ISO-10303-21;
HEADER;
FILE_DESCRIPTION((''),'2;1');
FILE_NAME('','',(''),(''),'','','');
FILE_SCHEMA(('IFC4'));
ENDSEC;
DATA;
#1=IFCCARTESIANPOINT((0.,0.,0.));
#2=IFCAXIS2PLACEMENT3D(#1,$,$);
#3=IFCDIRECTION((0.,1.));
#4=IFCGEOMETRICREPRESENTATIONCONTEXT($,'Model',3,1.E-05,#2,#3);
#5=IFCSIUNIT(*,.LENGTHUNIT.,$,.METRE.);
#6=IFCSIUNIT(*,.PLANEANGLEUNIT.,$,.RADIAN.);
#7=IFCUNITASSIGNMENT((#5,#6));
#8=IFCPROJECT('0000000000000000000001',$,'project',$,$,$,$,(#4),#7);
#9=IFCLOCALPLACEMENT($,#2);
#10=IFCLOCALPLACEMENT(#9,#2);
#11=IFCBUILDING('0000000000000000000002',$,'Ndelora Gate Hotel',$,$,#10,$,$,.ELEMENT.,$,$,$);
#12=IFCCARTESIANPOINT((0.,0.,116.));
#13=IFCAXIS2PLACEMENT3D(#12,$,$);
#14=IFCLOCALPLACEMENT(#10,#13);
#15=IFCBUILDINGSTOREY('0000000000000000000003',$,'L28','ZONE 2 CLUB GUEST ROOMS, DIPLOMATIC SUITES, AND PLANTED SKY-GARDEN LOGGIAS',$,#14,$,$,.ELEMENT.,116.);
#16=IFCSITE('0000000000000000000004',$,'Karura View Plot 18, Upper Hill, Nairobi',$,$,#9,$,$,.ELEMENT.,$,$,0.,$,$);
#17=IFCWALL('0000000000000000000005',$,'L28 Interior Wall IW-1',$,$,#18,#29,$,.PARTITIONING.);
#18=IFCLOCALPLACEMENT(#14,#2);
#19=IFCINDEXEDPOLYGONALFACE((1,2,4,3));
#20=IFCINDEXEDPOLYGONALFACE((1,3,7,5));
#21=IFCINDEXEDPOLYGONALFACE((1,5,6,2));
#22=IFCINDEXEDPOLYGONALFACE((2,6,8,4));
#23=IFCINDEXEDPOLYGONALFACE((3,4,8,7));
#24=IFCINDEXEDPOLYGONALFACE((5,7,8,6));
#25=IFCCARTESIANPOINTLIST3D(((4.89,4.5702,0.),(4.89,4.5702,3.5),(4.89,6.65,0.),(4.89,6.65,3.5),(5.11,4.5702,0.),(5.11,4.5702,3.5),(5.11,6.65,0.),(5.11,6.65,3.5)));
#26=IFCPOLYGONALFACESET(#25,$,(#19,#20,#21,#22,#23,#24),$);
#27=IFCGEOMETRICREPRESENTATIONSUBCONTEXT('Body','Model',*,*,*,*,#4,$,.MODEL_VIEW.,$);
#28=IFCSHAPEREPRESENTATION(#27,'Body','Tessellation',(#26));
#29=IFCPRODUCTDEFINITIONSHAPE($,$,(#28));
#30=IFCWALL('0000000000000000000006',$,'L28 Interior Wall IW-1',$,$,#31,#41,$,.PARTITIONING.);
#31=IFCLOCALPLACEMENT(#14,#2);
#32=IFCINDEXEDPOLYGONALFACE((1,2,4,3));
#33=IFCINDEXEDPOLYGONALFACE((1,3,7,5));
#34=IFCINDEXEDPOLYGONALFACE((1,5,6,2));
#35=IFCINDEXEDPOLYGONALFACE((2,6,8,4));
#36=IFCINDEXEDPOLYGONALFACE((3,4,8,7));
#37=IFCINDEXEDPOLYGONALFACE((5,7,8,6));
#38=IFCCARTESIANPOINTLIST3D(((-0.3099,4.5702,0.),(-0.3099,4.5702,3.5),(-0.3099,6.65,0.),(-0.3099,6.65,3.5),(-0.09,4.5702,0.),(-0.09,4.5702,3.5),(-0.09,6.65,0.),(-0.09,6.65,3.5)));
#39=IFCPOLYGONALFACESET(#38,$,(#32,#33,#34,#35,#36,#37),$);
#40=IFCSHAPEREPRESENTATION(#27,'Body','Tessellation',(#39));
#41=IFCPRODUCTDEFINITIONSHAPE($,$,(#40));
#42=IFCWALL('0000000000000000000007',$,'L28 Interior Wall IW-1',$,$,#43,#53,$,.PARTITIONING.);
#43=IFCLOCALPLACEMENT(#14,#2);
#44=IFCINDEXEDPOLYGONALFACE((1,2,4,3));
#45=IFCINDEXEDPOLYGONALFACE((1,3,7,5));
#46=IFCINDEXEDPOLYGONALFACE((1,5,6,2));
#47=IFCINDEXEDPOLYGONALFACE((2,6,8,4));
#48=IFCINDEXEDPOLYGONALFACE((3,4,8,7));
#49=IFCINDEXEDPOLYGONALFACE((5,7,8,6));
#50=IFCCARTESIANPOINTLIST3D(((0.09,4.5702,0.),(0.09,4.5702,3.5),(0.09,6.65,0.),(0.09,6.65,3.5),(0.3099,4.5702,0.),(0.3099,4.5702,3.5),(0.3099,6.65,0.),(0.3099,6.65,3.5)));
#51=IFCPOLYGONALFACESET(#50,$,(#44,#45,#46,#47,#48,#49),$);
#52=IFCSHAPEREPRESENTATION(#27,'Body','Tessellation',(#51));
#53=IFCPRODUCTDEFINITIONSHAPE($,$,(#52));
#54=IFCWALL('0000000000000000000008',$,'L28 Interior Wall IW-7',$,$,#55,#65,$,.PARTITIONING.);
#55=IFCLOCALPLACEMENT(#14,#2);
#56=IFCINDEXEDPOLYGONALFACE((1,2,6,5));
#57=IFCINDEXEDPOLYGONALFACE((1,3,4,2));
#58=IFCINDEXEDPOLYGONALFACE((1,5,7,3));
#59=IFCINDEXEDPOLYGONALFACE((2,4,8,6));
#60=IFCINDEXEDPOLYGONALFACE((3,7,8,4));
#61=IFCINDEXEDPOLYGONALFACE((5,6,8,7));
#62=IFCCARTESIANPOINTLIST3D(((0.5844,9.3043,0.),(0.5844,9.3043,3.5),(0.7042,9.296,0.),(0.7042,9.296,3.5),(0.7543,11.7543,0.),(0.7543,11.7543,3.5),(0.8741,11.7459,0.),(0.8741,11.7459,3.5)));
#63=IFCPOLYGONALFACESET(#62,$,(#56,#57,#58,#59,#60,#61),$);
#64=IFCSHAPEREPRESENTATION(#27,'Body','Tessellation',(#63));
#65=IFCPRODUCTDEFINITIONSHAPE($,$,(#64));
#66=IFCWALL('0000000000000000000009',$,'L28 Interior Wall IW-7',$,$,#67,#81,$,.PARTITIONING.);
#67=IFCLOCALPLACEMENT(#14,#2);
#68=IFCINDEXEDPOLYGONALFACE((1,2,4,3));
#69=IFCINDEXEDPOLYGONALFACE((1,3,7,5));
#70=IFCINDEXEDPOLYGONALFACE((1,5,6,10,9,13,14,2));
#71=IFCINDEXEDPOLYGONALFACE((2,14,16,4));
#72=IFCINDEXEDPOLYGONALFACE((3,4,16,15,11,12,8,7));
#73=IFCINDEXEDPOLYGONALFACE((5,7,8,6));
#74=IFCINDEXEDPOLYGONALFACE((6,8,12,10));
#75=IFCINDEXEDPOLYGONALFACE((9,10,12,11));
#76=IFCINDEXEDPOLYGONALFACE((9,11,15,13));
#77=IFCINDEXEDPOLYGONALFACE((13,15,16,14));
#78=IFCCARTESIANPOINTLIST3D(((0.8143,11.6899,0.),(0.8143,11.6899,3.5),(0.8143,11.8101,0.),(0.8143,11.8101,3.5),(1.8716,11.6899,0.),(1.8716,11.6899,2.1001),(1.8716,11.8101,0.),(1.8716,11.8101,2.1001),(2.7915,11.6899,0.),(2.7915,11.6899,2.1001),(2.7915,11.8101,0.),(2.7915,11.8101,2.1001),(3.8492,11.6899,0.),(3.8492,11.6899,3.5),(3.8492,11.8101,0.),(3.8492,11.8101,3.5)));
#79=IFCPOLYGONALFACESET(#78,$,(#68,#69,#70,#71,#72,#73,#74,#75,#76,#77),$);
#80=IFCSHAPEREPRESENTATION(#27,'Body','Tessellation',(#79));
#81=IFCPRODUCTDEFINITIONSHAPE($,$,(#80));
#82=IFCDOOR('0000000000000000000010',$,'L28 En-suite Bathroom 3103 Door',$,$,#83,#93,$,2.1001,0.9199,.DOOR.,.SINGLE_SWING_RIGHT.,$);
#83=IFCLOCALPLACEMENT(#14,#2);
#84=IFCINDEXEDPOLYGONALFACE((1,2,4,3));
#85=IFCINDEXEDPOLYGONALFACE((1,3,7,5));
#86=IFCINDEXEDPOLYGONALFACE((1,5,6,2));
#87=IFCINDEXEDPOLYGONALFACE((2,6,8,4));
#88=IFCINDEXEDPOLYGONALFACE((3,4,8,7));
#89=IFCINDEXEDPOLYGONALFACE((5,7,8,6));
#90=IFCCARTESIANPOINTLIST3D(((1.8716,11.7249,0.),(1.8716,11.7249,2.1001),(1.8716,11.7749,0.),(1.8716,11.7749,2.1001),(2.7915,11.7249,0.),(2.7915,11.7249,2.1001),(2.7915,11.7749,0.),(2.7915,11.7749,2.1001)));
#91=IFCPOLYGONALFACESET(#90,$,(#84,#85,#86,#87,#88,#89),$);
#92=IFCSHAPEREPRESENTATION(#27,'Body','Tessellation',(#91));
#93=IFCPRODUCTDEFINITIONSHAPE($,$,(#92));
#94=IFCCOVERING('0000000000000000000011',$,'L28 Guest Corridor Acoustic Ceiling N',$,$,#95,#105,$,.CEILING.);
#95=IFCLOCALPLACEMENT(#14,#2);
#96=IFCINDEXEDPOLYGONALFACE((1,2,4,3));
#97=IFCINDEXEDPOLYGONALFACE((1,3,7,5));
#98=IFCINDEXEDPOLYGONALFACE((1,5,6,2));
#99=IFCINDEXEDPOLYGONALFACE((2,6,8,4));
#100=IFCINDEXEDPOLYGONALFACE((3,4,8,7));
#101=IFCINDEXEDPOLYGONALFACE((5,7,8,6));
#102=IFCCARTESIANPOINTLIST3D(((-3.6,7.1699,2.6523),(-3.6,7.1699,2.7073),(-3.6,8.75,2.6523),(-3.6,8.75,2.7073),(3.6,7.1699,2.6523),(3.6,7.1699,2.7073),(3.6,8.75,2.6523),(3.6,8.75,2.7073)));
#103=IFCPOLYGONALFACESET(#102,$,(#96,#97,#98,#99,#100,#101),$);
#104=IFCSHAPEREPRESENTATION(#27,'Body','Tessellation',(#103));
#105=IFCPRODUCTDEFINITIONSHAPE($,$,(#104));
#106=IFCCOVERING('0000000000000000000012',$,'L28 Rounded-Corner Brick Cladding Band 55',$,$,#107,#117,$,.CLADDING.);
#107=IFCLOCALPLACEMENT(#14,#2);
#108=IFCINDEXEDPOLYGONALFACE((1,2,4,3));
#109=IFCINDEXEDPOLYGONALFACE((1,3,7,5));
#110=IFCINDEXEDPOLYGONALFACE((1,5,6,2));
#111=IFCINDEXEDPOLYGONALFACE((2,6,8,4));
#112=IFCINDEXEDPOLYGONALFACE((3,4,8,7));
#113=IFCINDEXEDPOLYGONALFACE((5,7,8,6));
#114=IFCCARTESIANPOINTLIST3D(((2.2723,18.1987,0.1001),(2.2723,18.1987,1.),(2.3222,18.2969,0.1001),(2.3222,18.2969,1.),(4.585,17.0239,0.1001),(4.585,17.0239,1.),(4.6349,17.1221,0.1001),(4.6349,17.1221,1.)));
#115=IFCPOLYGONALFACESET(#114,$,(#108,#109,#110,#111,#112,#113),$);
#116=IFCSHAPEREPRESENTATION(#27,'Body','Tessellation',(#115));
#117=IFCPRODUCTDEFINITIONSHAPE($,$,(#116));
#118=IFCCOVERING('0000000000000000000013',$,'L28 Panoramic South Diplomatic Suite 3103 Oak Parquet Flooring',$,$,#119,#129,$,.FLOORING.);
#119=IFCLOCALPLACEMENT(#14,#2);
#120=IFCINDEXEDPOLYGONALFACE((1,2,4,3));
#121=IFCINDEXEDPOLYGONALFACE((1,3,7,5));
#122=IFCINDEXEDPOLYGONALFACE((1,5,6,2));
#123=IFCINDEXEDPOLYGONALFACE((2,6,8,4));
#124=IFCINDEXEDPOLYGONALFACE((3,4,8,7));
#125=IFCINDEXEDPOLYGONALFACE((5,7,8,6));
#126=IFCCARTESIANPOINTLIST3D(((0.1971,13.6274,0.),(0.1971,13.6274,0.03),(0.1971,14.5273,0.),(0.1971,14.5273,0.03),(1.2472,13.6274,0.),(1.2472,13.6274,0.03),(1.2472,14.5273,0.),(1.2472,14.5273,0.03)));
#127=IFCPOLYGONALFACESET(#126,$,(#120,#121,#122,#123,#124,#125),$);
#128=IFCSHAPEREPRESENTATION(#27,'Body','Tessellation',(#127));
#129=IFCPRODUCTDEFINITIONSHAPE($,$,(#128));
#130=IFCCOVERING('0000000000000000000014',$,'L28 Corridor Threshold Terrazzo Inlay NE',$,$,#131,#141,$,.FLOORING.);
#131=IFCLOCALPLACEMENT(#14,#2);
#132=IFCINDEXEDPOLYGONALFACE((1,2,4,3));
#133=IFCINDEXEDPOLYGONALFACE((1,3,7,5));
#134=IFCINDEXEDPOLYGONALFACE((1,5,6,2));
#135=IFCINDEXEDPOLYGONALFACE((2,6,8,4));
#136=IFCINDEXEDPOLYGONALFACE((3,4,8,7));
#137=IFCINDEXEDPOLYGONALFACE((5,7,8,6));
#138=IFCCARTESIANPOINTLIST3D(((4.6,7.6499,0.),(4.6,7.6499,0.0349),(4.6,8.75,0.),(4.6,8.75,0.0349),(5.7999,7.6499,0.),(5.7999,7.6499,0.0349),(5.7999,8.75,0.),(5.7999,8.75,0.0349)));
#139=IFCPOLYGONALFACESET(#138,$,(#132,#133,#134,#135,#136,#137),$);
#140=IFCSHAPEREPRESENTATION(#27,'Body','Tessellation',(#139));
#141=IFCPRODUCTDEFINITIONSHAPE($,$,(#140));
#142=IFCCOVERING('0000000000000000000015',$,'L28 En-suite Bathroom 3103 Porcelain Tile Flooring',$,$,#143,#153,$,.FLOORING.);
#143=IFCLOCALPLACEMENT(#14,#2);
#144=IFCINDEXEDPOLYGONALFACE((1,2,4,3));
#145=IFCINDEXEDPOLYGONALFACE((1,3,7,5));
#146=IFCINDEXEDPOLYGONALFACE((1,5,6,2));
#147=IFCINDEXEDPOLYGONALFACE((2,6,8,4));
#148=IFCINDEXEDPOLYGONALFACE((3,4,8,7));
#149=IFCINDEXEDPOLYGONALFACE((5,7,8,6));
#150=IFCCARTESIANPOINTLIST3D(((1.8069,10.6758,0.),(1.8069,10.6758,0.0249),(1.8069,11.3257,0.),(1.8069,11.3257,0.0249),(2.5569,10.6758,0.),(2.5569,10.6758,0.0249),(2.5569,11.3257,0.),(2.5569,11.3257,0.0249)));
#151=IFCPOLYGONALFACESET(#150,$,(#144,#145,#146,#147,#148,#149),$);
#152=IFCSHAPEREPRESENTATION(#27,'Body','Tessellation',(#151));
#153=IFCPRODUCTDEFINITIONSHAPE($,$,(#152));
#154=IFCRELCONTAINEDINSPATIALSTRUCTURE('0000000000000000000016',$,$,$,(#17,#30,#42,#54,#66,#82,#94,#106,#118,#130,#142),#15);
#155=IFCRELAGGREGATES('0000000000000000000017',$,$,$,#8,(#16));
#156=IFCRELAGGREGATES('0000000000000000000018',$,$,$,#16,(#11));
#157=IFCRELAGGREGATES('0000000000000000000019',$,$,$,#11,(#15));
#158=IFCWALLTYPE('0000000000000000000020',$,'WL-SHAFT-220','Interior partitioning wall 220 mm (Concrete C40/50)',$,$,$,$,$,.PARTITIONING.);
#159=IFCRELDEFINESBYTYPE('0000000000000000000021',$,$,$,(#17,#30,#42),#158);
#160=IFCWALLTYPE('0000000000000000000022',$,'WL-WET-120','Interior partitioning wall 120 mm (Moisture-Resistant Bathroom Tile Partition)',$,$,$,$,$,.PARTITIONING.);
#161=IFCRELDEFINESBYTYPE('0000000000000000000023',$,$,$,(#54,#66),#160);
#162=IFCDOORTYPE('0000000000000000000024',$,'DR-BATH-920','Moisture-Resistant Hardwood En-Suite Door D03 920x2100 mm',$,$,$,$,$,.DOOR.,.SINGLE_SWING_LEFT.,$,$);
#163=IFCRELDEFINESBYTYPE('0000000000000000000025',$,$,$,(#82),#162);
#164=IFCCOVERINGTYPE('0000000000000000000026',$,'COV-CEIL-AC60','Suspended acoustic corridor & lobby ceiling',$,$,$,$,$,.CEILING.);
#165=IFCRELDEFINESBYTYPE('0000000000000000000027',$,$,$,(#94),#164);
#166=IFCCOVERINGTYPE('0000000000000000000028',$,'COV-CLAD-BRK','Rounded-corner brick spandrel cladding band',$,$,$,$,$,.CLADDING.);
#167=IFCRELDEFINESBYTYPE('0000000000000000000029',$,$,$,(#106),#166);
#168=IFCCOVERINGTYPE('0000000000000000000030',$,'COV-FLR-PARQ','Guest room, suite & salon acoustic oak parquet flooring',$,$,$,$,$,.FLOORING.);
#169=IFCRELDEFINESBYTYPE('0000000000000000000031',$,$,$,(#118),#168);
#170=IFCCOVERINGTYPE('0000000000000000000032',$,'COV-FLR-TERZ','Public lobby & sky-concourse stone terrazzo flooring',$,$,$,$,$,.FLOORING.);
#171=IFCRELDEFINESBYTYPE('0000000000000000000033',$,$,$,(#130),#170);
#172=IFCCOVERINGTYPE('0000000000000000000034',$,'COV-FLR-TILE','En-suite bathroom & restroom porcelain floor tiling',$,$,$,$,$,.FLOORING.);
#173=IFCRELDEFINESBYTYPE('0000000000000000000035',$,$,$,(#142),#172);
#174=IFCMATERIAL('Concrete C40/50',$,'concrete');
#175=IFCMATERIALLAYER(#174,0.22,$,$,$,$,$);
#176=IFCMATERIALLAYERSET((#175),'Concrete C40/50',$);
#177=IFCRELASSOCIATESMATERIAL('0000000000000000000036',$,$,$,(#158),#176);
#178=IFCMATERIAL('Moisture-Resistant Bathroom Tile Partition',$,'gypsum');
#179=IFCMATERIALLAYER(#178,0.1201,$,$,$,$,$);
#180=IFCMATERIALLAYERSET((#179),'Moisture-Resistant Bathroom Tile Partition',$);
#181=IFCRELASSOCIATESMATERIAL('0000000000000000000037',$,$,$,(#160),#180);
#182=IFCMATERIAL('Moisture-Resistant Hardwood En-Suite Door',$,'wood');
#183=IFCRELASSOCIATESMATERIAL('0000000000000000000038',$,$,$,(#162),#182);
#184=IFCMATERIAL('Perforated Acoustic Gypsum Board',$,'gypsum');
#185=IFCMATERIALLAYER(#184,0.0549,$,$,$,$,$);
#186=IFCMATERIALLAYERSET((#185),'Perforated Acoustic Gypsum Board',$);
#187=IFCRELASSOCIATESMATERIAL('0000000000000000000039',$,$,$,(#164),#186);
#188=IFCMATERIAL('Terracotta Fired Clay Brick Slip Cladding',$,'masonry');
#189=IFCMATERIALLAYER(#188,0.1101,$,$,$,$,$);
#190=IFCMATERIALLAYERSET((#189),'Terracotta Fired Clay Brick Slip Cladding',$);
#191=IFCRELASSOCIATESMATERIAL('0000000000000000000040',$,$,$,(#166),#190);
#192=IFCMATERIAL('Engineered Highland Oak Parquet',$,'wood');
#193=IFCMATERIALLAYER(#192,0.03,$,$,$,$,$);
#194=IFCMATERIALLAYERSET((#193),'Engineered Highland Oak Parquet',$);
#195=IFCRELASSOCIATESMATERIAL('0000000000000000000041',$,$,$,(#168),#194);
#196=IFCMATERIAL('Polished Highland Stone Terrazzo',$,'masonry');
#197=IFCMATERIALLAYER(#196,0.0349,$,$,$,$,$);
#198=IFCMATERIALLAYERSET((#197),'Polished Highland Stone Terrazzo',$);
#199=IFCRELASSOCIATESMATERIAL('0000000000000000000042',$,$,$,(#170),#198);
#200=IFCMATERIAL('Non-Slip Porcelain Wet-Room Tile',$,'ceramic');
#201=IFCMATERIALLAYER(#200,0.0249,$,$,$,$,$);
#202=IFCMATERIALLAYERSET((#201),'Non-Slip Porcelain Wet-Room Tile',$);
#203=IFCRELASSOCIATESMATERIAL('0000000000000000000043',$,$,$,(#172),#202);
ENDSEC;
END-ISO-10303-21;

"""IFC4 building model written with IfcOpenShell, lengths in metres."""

from ifc_helpers import new_model, si_unit, direction, frame, frame_2d, origin, origin_2d, place, context, subcontext, project, spatial, rectangle, extrude, material, layer, layer_set, type_object, element, fill, save


model = new_model("IFC4")

# Units and contexts
model_context = context("Model", 3, precision=1e-05, world=origin(), true_north=direction((0.0, 1.0)))
body_context = subcontext(model_context, "Body", "Model", "MODEL_VIEW")
ifc_project = project(units=[si_unit("LENGTHUNIT", "METRE"), si_unit("PLANEANGLEUNIT", "RADIAN")], contexts=[model_context])

# Site, building, storey
site_placement = place(None, origin())
site = spatial("IfcSite", under=ifc_project, at=site_placement, Name="Karura View Plot 18, Upper Hill, Nairobi", CompositionType="ELEMENT", RefElevation=0.0)
building_placement = place(site_placement, origin())
building = spatial("IfcBuilding", under=site, at=building_placement, Name="Ndelora Gate Hotel", CompositionType="ELEMENT")
storey_placement = place(building_placement, frame((0.0, 0.0, 116.0)))
storey = spatial("IfcBuildingStorey", under=building, at=storey_placement, Name="L28", Description="ZONE 2 CLUB GUEST ROOMS, DIPLOMATIC SUITES, AND PLANTED SKY-GARDEN LOGGIAS", CompositionType="ELEMENT", Elevation=116.0)

# Shared definitions
ifc_material_1 = material(Name="Concrete C40/50", Category="concrete")
ifc_layer_1 = layer(ifc_material_1, 0.22)
ifc_layer_set_1 = layer_set([ifc_layer_1], Name="Concrete C40/50")
wall_type_1 = type_object("IfcWallType", Name="WL-SHAFT-220", Description="Interior partitioning wall 220 mm (Concrete C40/50)", PredefinedType="PARTITIONING", material=ifc_layer_set_1)

# Walls
for number, where, z_axis, x_axis, name in (
    (1, (5.0, 4.5701, 0.0), (0.0, 0.0, 1.0), (0.0, 1.0, 0.0), "L28 Interior Wall IW-1"),
    (2, (-0.2, 4.5701, 0.0), (0.0, 0.0, 1.0), (0.0, 1.0, 0.0), "L28 Interior Wall IW-1"),
    (3, (0.2, 4.5701, 0.0), (0.0, 0.0, 1.0), (0.0, 1.0, 0.0), "L28 Interior Wall IW-1"),
):
    element("IfcWall", number, at=place(storey_placement, frame(where, z_axis=z_axis, x_axis=x_axis)), inside=storey, type_object=wall_type_1, Name=name, PredefinedType="PARTITIONING", context=body_context, shape_type="SweptSolid", body=[
        extrude(rectangle(XDim=2.0798, YDim=0.22, at=frame_2d((1.04, 0.0))), origin(), (0.0, 0.0, 1.0), 3.5),
    ])
ifc_material_2 = material(Name="Moisture-Resistant Bathroom Tile Partition", Category="gypsum")
ifc_layer_2 = layer(ifc_material_2, 0.1201)
ifc_layer_set_2 = layer_set([ifc_layer_2], Name="Moisture-Resistant Bathroom Tile Partition")
wall_type_2 = type_object("IfcWallType", Name="WL-WET-120", Description="Interior partitioning wall 120 mm (Moisture-Resistant Bathroom Tile Partition)", PredefinedType="PARTITIONING", material=ifc_layer_set_2)
wall_1_placement = place(storey_placement, frame((0.6443, 9.3, 0.0), z_axis=(0.0, 0.0, 1.0), x_axis=(0.069191, 0.997603, 0.0)))
element("IfcWall", 4, at=wall_1_placement, inside=storey, type_object=wall_type_2, Name="L28 Interior Wall IW-7", PredefinedType="PARTITIONING", context=body_context, shape_type="SweptSolid", body=[
    extrude(rectangle(XDim=2.4558, YDim=0.1201, at=frame_2d((1.228, 0.0))), origin(), (0.0, 0.0, 1.0), 3.5),
])

# Wall, opening, door
wall_2_placement = place(storey_placement, frame((0.8142, 11.75, 0.0), z_axis=(0.0, 0.0, 1.0), x_axis=(1.0, 0.0, 0.0)))
wall_2 = element("IfcWall", 5, at=wall_2_placement, inside=storey, type_object=wall_type_2, Name="L28 Interior Wall IW-7", PredefinedType="PARTITIONING", context=body_context, shape_type="SweptSolid", body=[
    extrude(rectangle(XDim=3.0349, YDim=0.1201, at=frame_2d((1.5176, 0.0))), origin(), (0.0, 0.0, 1.0), 3.5),
])
opening_1_placement = place(wall_2_placement, frame((1.0574, 0.0, 0.0)))
opening_1 = element("IfcOpeningElement", 6, at=opening_1_placement, cuts=wall_2, PredefinedType="OPENING", context=body_context, shape_type="SweptSolid", body=[
    extrude(rectangle(XDim=0.9199, YDim=2.1001, at=frame_2d((0.46, 1.05))), frame((0.0, 0.0701, 0.0), z_axis=(0.0, -1.0, 0.0), x_axis=(1.0, 0.0, 0.0)), (0.0, 0.0, 1.0), 0.1401),
])
ifc_material_3 = material(Name="Moisture-Resistant Hardwood En-Suite Door", Category="wood")
door_type_1 = type_object("IfcDoorType", Name="DR-BATH-920", Description="Moisture-Resistant Hardwood En-Suite Door D03 920x2100 mm", OperationType="SINGLE_SWING_LEFT", PredefinedType="DOOR", material=ifc_material_3)
door_1_placement = place(opening_1_placement, origin())
door_1 = element("IfcDoor", 7, at=door_1_placement, inside=storey, type_object=door_type_1, Name="L28 En-suite Bathroom 3103 Door", OperationType="SINGLE_SWING_RIGHT", OverallHeight=2.1001, OverallWidth=0.9199, PredefinedType="DOOR", context=body_context, shape_type="SweptSolid", body=[
    extrude(rectangle(XDim=0.9199, YDim=2.1001, at=frame_2d((0.46, 1.05))), frame((0.0, 0.0249, 0.0), z_axis=(0.0, -1.0, 0.0), x_axis=(1.0, 0.0, 0.0)), (0.0, 0.0, 1.0), 0.05),
])
fill(opening_1, door_1)

# Coverings
ifc_material_4 = material(Name="Perforated Acoustic Gypsum Board", Category="gypsum")
ifc_layer_3 = layer(ifc_material_4, 0.0549)
ifc_layer_set_3 = layer_set([ifc_layer_3], Name="Perforated Acoustic Gypsum Board")
covering_type_1 = type_object("IfcCoveringType", Name="COV-CEIL-AC60", Description="Suspended acoustic corridor & lobby ceiling", PredefinedType="CEILING", material=ifc_layer_set_3)
covering_1_placement = place(storey_placement, frame((0.0, 7.96, 2.6523), z_axis=(0.0, 0.0, 1.0), x_axis=(1.0, 0.0, 0.0)))
element("IfcCovering", 8, at=covering_1_placement, inside=storey, type_object=covering_type_1, Name="L28 Guest Corridor Acoustic Ceiling N", PredefinedType="CEILING", context=body_context, shape_type="SweptSolid", body=[
    extrude(rectangle(XDim=7.2, YDim=1.5801, at=origin_2d()), origin(), (0.0, 0.0, 1.0), 0.0549),
])
ifc_material_5 = material(Name="Terracotta Fired Clay Brick Slip Cladding", Category="masonry")
ifc_layer_4 = layer(ifc_material_5, 0.1101)
ifc_layer_set_4 = layer_set([ifc_layer_4], Name="Terracotta Fired Clay Brick Slip Cladding")
covering_type_2 = type_object("IfcCoveringType", Name="COV-CLAD-BRK", Description="Rounded-corner brick spandrel cladding band", PredefinedType="CLADDING", material=ifc_layer_set_4)
covering_2_placement = place(storey_placement, frame((3.4536, 17.6604, 0.1001), z_axis=(0.0, 0.0, 1.0), x_axis=(-0.891561, 0.452902, 0.0)))
element("IfcCovering", 9, at=covering_2_placement, inside=storey, type_object=covering_type_2, Name="L28 Rounded-Corner Brick Cladding Band 55", PredefinedType="CLADDING", context=body_context, shape_type="SweptSolid", body=[
    extrude(rectangle(XDim=2.594, YDim=0.1101, at=origin_2d()), origin(), (0.0, 0.0, 1.0), 0.8999),
])
ifc_material_6 = material(Name="Engineered Highland Oak Parquet", Category="wood")
ifc_layer_5 = layer(ifc_material_6, 0.03)
ifc_layer_set_5 = layer_set([ifc_layer_5], Name="Engineered Highland Oak Parquet")
covering_type_3 = type_object("IfcCoveringType", Name="COV-FLR-PARQ", Description="Guest room, suite & salon acoustic oak parquet flooring", PredefinedType="FLOORING", material=ifc_layer_set_5)
covering_3_placement = place(storey_placement, frame((0.7222, 14.0774, 0.0), z_axis=(0.0, 0.0, 1.0), x_axis=(1.0, 0.0, 0.0)))
element("IfcCovering", 10, at=covering_3_placement, inside=storey, type_object=covering_type_3, Name="L28 Panoramic South Diplomatic Suite 3103 Oak Parquet Flooring", PredefinedType="FLOORING", context=body_context, shape_type="SweptSolid", body=[
    extrude(rectangle(XDim=1.05, YDim=0.8999, at=origin_2d()), origin(), (0.0, 0.0, 1.0), 0.03),
])
ifc_material_7 = material(Name="Polished Highland Stone Terrazzo", Category="masonry")
ifc_layer_6 = layer(ifc_material_7, 0.0349)
ifc_layer_set_6 = layer_set([ifc_layer_6], Name="Polished Highland Stone Terrazzo")
covering_type_4 = type_object("IfcCoveringType", Name="COV-FLR-TERZ", Description="Public lobby & sky-concourse stone terrazzo flooring", PredefinedType="FLOORING", material=ifc_layer_set_6)
covering_4_placement = place(storey_placement, frame((5.2, 8.2, 0.0), z_axis=(0.0, 0.0, 1.0), x_axis=(1.0, 0.0, 0.0)))
element("IfcCovering", 11, at=covering_4_placement, inside=storey, type_object=covering_type_4, Name="L28 Corridor Threshold Terrazzo Inlay NE", PredefinedType="FLOORING", context=body_context, shape_type="SweptSolid", body=[
    extrude(rectangle(XDim=1.2, YDim=1.1001, at=origin_2d()), origin(), (0.0, 0.0, 1.0), 0.0349),
])
ifc_material_8 = material(Name="Non-Slip Porcelain Wet-Room Tile", Category="ceramic")
ifc_layer_7 = layer(ifc_material_8, 0.0249)
ifc_layer_set_7 = layer_set([ifc_layer_7], Name="Non-Slip Porcelain Wet-Room Tile")
covering_type_5 = type_object("IfcCoveringType", Name="COV-FLR-TILE", Description="En-suite bathroom & restroom porcelain floor tiling", PredefinedType="FLOORING", material=ifc_layer_set_7)
covering_5_placement = place(storey_placement, frame((2.1819, 11.0007, 0.0), z_axis=(0.0, 0.0, 1.0), x_axis=(1.0, 0.0, 0.0)))
element("IfcCovering", 12, at=covering_5_placement, inside=storey, type_object=covering_type_5, Name="L28 En-suite Bathroom 3103 Porcelain Tile Flooring", PredefinedType="FLOORING", context=body_context, shape_type="SweptSolid", body=[
    extrude(rectangle(XDim=0.75, YDim=0.6499, at=origin_2d()), origin(), (0.0, 0.0, 1.0), 0.0249),
])

save(model, "model.ifc")
